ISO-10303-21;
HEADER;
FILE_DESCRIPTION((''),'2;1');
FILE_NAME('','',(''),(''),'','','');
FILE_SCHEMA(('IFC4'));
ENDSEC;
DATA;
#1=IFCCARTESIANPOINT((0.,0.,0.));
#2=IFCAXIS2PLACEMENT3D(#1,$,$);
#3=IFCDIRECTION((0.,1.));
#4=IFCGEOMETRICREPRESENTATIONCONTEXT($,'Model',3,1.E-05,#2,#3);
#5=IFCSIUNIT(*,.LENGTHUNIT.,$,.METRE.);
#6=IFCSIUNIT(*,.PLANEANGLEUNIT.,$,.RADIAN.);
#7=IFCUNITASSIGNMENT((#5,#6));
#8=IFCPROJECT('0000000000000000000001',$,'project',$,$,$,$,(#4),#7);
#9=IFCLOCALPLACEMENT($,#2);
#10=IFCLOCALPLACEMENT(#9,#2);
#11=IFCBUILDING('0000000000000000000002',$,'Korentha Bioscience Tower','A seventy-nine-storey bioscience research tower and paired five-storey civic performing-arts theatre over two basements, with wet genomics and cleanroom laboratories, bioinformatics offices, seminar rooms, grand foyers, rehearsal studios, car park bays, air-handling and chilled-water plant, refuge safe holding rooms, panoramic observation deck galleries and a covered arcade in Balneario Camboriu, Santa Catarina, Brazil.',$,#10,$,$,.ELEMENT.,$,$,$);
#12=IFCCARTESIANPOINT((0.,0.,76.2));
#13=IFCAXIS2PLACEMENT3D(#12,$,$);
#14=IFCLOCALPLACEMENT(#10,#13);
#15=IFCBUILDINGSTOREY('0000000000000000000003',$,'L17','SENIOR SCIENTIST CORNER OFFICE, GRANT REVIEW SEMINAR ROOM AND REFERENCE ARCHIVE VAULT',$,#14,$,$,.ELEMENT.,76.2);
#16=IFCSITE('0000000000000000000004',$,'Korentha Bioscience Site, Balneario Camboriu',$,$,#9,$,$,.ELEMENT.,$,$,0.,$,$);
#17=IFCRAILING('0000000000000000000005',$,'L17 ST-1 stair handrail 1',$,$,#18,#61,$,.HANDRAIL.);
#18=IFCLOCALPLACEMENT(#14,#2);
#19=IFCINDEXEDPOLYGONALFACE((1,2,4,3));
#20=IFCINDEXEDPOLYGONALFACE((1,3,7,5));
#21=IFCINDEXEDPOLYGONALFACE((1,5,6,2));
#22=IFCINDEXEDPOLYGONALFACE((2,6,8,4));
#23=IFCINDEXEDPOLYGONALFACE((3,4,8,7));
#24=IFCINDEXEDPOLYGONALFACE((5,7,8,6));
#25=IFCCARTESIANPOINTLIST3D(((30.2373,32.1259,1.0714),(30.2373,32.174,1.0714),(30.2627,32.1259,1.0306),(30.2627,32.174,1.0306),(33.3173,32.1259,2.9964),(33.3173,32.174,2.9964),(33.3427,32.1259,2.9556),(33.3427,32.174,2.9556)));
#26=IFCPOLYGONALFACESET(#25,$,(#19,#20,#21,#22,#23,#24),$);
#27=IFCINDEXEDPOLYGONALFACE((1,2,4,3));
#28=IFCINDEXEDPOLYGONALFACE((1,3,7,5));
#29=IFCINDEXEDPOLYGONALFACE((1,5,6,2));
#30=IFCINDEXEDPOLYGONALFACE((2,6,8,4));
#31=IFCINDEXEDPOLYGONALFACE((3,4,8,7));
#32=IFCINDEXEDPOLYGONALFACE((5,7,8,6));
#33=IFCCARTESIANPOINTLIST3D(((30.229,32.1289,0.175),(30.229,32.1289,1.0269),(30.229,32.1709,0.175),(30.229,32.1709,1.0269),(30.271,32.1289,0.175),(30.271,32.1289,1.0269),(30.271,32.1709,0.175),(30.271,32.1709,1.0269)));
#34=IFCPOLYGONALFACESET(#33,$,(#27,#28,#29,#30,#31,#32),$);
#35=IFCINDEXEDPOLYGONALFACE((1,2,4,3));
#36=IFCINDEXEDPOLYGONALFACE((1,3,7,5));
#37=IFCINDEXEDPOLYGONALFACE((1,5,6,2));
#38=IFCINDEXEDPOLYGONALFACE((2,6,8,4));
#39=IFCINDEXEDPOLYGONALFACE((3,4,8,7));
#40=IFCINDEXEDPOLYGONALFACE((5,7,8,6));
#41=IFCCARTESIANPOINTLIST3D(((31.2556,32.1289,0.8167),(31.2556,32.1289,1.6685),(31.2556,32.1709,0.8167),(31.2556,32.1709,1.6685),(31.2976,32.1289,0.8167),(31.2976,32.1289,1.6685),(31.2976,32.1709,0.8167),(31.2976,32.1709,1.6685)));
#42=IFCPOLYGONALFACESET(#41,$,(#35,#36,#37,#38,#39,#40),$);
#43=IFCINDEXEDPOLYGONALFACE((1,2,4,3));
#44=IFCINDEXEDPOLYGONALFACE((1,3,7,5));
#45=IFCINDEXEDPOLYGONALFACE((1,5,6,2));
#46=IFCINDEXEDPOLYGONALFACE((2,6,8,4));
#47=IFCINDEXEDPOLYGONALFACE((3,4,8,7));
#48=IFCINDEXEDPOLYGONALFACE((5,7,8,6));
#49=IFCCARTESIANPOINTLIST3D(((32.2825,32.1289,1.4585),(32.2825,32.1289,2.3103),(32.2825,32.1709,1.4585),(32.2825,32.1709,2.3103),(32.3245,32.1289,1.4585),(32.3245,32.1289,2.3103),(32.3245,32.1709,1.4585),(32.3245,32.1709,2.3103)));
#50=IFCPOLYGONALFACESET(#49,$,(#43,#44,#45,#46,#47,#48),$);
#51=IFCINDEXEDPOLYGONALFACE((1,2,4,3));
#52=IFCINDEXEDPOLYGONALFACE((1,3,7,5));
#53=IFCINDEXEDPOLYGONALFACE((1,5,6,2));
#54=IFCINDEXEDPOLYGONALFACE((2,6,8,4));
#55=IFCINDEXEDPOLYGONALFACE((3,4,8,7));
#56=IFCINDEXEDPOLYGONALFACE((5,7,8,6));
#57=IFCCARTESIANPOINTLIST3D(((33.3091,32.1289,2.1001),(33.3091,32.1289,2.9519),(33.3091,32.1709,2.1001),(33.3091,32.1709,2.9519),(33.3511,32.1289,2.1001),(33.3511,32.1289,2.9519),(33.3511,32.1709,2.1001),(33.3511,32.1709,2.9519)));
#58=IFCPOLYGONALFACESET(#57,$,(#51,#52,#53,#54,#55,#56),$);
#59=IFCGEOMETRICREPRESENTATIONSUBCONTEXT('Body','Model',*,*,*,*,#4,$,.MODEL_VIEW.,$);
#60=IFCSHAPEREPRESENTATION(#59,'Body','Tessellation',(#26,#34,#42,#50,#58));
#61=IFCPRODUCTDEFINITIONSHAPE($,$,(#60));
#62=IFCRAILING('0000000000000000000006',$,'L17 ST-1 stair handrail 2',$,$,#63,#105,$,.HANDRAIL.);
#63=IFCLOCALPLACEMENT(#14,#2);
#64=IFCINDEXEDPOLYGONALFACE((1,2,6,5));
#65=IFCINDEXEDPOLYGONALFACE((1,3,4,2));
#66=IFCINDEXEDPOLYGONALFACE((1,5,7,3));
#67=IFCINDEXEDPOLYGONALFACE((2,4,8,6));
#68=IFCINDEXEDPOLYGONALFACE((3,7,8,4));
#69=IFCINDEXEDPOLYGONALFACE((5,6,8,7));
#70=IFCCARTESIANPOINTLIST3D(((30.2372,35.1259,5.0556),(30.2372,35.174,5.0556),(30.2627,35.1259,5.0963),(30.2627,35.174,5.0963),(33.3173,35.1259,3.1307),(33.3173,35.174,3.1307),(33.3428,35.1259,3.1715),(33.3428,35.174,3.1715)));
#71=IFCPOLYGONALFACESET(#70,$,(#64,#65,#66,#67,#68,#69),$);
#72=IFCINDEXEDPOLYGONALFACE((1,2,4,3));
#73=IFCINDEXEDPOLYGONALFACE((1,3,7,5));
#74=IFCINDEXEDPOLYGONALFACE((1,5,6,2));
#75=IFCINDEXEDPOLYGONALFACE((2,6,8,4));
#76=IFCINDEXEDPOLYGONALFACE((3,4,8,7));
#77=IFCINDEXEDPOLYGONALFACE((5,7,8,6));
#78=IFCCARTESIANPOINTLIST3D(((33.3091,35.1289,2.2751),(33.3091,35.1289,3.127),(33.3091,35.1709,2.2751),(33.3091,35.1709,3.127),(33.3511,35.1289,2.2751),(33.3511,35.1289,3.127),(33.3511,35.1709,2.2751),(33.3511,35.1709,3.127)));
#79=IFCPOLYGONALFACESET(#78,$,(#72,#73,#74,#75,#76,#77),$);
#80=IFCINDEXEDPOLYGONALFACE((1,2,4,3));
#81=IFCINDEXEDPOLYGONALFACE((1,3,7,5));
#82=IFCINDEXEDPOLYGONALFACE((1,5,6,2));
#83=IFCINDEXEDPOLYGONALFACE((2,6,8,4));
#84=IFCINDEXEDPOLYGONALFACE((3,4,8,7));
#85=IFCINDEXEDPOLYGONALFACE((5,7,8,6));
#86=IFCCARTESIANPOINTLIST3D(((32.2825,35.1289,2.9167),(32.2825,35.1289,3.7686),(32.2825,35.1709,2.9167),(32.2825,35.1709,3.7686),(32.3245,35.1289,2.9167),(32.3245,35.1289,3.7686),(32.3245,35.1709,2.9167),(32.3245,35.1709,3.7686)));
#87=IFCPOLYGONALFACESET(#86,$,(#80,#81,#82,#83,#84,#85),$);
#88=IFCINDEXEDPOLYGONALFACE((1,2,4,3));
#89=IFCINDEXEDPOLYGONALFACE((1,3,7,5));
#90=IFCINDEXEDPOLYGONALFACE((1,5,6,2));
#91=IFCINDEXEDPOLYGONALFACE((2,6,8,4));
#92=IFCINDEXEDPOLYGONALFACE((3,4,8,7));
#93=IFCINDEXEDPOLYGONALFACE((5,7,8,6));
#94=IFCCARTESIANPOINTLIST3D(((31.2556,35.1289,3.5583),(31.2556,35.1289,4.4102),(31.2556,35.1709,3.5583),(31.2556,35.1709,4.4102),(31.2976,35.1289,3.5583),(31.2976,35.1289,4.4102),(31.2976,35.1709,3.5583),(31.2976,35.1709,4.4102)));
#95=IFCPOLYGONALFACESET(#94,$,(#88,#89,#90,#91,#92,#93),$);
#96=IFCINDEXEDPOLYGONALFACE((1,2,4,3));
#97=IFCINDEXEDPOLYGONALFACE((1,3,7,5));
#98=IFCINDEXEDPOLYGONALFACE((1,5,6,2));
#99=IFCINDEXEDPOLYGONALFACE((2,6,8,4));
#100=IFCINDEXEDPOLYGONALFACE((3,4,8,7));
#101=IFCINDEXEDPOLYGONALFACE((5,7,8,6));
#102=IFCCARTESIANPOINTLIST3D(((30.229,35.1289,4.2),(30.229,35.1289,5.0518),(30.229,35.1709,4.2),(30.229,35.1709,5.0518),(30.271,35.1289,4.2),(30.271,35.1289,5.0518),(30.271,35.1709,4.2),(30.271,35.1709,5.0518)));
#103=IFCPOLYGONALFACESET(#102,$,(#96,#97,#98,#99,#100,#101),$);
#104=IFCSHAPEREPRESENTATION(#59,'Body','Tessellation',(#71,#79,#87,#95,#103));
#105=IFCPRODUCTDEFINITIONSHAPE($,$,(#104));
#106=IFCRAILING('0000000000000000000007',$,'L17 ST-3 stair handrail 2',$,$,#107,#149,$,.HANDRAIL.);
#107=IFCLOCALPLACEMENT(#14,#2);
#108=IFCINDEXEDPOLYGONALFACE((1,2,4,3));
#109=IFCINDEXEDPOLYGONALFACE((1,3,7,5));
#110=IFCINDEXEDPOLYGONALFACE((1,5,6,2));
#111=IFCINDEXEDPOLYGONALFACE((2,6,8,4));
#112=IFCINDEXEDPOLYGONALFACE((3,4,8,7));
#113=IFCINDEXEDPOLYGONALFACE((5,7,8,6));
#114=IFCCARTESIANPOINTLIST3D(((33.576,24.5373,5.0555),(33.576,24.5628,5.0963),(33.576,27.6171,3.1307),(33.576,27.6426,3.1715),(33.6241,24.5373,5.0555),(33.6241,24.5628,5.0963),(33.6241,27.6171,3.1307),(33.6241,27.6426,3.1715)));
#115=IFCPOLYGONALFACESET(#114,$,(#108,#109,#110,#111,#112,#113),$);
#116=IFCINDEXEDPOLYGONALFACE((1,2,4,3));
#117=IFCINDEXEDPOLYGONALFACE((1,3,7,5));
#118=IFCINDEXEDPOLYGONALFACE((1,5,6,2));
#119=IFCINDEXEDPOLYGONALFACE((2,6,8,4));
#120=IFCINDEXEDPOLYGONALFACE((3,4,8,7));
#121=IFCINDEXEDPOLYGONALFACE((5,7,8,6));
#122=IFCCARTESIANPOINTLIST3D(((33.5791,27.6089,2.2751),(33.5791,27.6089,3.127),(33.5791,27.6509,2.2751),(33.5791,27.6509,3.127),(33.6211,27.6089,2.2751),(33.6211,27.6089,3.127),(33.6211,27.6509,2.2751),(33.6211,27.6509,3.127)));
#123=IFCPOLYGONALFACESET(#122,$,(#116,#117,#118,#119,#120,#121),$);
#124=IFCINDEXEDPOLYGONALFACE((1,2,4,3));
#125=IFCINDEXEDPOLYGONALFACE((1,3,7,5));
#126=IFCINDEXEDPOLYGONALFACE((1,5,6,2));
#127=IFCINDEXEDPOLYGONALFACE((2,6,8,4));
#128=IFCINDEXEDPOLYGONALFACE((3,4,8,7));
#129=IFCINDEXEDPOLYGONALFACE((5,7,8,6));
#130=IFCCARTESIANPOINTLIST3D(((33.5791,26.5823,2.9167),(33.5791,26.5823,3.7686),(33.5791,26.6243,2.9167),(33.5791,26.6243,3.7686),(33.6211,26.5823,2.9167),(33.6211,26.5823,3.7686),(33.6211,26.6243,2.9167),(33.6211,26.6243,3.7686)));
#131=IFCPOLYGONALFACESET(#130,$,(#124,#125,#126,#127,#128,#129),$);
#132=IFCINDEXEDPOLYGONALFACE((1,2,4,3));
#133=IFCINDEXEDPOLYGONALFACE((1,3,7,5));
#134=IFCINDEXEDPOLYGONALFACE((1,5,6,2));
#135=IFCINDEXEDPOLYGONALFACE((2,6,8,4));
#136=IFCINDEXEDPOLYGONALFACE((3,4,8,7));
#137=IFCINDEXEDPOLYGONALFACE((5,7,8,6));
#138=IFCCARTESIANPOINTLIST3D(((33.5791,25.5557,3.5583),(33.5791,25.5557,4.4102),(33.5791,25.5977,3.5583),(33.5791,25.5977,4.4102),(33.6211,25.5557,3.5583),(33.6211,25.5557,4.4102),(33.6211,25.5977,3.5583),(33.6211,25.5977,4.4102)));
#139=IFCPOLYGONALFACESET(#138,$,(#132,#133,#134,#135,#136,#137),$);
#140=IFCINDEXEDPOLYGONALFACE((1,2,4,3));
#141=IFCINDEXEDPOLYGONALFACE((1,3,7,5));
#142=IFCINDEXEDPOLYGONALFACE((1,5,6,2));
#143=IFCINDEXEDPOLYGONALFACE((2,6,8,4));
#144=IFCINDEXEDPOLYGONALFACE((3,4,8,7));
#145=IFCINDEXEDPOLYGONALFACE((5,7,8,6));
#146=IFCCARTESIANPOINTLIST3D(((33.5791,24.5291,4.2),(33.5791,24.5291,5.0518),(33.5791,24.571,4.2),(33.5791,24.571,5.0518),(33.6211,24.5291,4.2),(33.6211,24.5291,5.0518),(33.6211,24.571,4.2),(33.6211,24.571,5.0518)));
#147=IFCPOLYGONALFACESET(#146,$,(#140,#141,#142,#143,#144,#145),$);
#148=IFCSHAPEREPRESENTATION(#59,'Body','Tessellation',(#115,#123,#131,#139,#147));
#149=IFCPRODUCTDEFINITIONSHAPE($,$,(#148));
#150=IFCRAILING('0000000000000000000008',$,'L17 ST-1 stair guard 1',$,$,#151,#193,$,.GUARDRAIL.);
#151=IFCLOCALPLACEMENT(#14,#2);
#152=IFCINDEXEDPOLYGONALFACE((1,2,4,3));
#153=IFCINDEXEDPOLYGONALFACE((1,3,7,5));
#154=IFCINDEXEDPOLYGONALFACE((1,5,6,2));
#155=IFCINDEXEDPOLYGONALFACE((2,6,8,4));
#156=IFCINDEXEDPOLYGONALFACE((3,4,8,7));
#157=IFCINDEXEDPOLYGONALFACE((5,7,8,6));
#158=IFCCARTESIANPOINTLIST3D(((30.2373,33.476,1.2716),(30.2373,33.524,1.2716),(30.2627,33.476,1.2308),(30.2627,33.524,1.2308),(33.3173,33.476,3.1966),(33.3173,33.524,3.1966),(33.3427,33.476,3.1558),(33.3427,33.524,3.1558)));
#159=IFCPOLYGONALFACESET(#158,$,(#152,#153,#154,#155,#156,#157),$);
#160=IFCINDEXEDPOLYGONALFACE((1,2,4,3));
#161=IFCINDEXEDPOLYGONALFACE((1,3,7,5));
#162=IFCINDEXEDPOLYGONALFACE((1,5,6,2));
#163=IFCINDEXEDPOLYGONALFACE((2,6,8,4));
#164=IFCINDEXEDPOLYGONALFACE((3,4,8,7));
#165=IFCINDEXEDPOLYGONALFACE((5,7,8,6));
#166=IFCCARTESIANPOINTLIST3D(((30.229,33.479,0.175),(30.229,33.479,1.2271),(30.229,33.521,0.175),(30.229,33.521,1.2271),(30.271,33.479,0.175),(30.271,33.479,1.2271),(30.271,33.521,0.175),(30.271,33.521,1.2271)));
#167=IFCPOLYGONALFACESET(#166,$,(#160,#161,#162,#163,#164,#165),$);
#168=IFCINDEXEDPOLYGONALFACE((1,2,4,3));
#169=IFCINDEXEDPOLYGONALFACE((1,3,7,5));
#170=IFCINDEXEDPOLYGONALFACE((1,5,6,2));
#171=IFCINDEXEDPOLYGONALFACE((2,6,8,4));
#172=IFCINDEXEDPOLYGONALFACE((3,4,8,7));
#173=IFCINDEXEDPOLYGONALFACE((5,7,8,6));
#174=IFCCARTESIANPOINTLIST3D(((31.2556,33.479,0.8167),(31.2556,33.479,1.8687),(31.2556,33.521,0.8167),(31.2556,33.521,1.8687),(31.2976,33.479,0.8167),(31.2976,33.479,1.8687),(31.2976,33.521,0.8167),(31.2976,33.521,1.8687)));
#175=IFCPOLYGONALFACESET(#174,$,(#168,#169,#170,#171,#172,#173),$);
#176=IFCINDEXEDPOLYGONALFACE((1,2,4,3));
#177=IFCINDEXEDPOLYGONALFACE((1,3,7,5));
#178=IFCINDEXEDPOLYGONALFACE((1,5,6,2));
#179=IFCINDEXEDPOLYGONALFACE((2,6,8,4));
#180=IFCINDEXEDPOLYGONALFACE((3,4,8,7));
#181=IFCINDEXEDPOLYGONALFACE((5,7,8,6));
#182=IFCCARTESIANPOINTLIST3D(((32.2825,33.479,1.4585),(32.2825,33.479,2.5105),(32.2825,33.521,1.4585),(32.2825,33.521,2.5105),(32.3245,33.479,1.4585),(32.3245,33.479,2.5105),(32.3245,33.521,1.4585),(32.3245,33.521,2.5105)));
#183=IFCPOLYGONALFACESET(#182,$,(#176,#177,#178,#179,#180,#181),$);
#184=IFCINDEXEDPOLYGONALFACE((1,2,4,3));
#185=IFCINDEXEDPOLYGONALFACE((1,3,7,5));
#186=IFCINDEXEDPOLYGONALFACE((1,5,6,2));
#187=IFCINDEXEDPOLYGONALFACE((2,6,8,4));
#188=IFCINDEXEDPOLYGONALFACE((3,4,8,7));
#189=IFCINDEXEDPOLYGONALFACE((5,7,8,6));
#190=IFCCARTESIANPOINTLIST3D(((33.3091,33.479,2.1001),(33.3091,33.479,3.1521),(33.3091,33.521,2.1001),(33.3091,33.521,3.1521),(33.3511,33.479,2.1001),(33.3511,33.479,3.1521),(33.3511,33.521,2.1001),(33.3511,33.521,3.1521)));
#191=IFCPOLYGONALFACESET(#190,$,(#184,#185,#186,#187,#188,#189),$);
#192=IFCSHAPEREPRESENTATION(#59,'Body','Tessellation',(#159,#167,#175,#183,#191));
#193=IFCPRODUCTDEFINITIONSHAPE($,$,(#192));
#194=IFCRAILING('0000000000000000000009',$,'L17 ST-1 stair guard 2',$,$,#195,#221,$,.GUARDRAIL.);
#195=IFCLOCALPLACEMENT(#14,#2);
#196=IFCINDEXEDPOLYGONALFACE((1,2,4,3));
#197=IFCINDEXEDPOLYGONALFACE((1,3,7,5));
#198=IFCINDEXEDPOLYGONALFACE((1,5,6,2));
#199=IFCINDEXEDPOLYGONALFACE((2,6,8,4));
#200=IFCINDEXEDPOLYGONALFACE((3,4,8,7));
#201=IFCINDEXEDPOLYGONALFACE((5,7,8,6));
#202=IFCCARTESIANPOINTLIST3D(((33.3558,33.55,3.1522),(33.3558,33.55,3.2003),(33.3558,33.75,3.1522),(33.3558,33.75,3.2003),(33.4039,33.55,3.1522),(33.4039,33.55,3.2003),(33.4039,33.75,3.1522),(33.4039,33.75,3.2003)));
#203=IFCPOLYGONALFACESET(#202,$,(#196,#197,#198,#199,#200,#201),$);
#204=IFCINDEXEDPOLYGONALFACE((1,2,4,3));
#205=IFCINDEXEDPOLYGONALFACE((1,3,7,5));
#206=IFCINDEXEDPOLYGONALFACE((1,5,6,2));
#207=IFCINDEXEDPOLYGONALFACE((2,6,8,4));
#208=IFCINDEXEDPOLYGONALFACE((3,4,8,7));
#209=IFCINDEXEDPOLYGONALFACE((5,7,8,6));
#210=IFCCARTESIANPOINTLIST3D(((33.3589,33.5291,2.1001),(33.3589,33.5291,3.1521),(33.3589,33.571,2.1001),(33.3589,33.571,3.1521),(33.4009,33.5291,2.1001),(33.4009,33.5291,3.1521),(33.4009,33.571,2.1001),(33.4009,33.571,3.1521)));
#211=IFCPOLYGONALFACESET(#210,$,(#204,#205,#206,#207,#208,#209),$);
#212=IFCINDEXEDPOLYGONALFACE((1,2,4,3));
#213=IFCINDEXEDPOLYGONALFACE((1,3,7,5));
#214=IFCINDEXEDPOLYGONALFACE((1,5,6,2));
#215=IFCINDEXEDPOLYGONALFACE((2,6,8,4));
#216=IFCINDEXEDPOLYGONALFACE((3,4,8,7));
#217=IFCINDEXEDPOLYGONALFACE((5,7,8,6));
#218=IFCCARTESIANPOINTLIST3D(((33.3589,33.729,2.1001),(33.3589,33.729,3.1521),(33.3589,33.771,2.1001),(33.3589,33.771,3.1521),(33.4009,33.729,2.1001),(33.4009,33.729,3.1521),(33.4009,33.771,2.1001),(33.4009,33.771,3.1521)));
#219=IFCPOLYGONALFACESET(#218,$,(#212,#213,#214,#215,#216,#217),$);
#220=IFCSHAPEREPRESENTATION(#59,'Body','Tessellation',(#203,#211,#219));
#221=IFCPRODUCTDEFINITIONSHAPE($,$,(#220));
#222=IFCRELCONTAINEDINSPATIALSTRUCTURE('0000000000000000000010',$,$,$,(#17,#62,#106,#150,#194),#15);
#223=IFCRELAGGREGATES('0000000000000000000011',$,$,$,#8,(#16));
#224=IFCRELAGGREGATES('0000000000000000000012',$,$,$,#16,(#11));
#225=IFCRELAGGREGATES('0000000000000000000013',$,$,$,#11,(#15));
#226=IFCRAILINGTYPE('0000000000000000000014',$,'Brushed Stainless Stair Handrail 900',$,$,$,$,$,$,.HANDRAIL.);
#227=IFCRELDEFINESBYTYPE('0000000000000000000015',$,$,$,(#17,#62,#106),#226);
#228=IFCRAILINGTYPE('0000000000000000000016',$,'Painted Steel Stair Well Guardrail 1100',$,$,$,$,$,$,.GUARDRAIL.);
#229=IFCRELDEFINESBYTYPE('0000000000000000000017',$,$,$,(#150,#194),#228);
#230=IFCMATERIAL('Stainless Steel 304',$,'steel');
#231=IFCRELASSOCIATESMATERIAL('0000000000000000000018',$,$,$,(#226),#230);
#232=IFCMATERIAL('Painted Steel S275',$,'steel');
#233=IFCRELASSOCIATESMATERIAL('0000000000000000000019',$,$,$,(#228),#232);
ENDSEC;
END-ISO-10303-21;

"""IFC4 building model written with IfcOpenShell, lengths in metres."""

from ifc_helpers import new_model, si_unit, direction, frame, origin, origin_2d, place, context, subcontext, project, spatial, rectangle, extrude, material, type_object, element, save


model = new_model("IFC4")

# Units and contexts
model_context = context("Model", 3, precision=1e-05, world=origin(), true_north=direction((0.0, 1.0)))
body_context = subcontext(model_context, "Body", "Model", "MODEL_VIEW")
ifc_project = project(units=[si_unit("LENGTHUNIT", "METRE"), si_unit("PLANEANGLEUNIT", "RADIAN")], contexts=[model_context])

# Site, building, storey
site_placement = place(None, origin())
site = spatial("IfcSite", under=ifc_project, at=site_placement, Name="Korentha Bioscience Site, Balneario Camboriu", CompositionType="ELEMENT", RefElevation=0.0)
building_placement = place(site_placement, origin())
building = spatial("IfcBuilding", under=site, at=building_placement, Name="Korentha Bioscience Tower", Description="A seventy-nine-storey bioscience research tower and paired five-storey civic performing-arts theatre over two basements, with wet genomics and cleanroom laboratories, bioinformatics offices, seminar rooms, grand foyers, rehearsal studios, car park bays, air-handling and chilled-water plant, refuge safe holding rooms, panoramic observation deck galleries and a covered arcade in Balneario Camboriu, Santa Catarina, Brazil.", CompositionType="ELEMENT")
storey_placement = place(building_placement, frame((0.0, 0.0, 76.2)))
storey = spatial("IfcBuildingStorey", under=building, at=storey_placement, Name="L17", Description="SENIOR SCIENTIST CORNER OFFICE, GRANT REVIEW SEMINAR ROOM AND REFERENCE ARCHIVE VAULT", CompositionType="ELEMENT", Elevation=76.2)

# Railings
ifc_material_1 = material(Name="Stainless Steel 304", Category="steel")
railing_type_1 = type_object("IfcRailingType", Name="Brushed Stainless Stair Handrail 900", PredefinedType="HANDRAIL", material=ifc_material_1)
railing_1_placement = place(storey_placement, frame((30.25, 32.1499, 0.175)))
element("IfcRailing", 1, at=railing_1_placement, inside=storey, type_object=railing_type_1, Name="L17 ST-1 stair handrail 1", PredefinedType="HANDRAIL", context=body_context, shape_type="SweptSolid", body=[
    extrude(rectangle(XDim=0.0481, YDim=0.0481, at=origin_2d()), frame((0.0, 0.0, 0.876), z_axis=(0.847998, 0.0, 0.529999), x_axis=(0.0, 1.0, 0.0)), (0.0, 0.0, 1.0), 3.6321),
    extrude(rectangle(XDim=0.042, YDim=0.042, at=origin_2d()), origin(), (0.0, 0.0, 1.0), 0.8518),
    extrude(rectangle(XDim=0.042, YDim=0.042, at=origin_2d()), frame((1.0266, 0.0, 0.6416)), (0.0, 0.0, 1.0), 0.8518),
    extrude(rectangle(XDim=0.042, YDim=0.042, at=origin_2d()), frame((2.0535, 0.0, 1.2834)), (0.0, 0.0, 1.0), 0.8518),
    extrude(rectangle(XDim=0.042, YDim=0.042, at=origin_2d()), frame((3.0801, 0.0, 1.925)), (0.0, 0.0, 1.0), 0.8518),
])
railing_2_placement = place(storey_placement, frame((33.3301, 35.1499, 2.2751)))
element("IfcRailing", 2, at=railing_2_placement, inside=storey, type_object=railing_type_1, Name="L17 ST-1 stair handrail 2", PredefinedType="HANDRAIL", context=body_context, shape_type="SweptSolid", body=[
    extrude(rectangle(XDim=0.0481, YDim=0.0481, at=origin_2d()), frame((0.0, 0.0, 0.876), z_axis=(-0.848029, 0.0, 0.529951), x_axis=(0.0, -1.0, 0.0)), (0.0, 0.0, 1.0), 3.6321),
    extrude(rectangle(XDim=0.042, YDim=0.042, at=origin_2d()), origin(), (0.0, 0.0, 1.0), 0.8518),
    extrude(rectangle(XDim=0.042, YDim=0.042, at=origin_2d()), frame((-1.0266, 0.0, 0.6416)), (0.0, 0.0, 1.0), 0.8518),
    extrude(rectangle(XDim=0.042, YDim=0.042, at=origin_2d()), frame((-2.0535, 0.0, 1.2832)), (0.0, 0.0, 1.0), 0.8518),
    extrude(rectangle(XDim=0.042, YDim=0.042, at=origin_2d()), frame((-3.0801, 0.0, 1.9248)), (0.0, 0.0, 1.0), 0.8518),
])
railing_3_placement = place(storey_placement, frame((33.6001, 27.6299, 2.2751)))
element("IfcRailing", 3, at=railing_3_placement, inside=storey, type_object=railing_type_1, Name="L17 ST-3 stair handrail 2", PredefinedType="HANDRAIL", context=body_context, shape_type="SweptSolid", body=[
    extrude(rectangle(XDim=0.0481, YDim=0.0481, at=origin_2d()), frame((0.0, 0.0, 0.876), z_axis=(0.0, -0.84801, 0.529981), x_axis=(1.0, 0.0, 0.0)), (0.0, 0.0, 1.0), 3.6318),
    extrude(rectangle(XDim=0.042, YDim=0.042, at=origin_2d()), origin(), (0.0, 0.0, 1.0), 0.8518),
    extrude(rectangle(XDim=0.042, YDim=0.042, at=origin_2d()), frame((0.0, -1.0266, 0.6416)), (0.0, 0.0, 1.0), 0.8518),
    extrude(rectangle(XDim=0.042, YDim=0.042, at=origin_2d()), frame((0.0, -2.0532, 1.2832)), (0.0, 0.0, 1.0), 0.8518),
    extrude(rectangle(XDim=0.042, YDim=0.042, at=origin_2d()), frame((0.0, -3.0798, 1.9248)), (0.0, 0.0, 1.0), 0.8518),
])
ifc_material_2 = material(Name="Painted Steel S275", Category="steel")
railing_type_2 = type_object("IfcRailingType", Name="Painted Steel Stair Well Guardrail 1100", PredefinedType="GUARDRAIL", material=ifc_material_2)
railing_4_placement = place(storey_placement, frame((30.25, 33.5, 0.175)))
element("IfcRailing", 4, at=railing_4_placement, inside=storey, type_object=railing_type_2, Name="L17 ST-1 stair guard 1", PredefinedType="GUARDRAIL", context=body_context, shape_type="SweptSolid", body=[
    extrude(rectangle(XDim=0.0481, YDim=0.0481, at=origin_2d()), frame((0.0, 0.0, 1.0762), z_axis=(0.847998, 0.0, 0.529999), x_axis=(0.0, 1.0, 0.0)), (0.0, 0.0, 1.0), 3.6321),
    extrude(rectangle(XDim=0.042, YDim=0.042, at=origin_2d()), origin(), (0.0, 0.0, 1.0), 1.052),
    extrude(rectangle(XDim=0.042, YDim=0.042, at=origin_2d()), frame((1.0266, 0.0, 0.6416)), (0.0, 0.0, 1.0), 1.052),
    extrude(rectangle(XDim=0.042, YDim=0.042, at=origin_2d()), frame((2.0535, 0.0, 1.2834)), (0.0, 0.0, 1.0), 1.052),
    extrude(rectangle(XDim=0.042, YDim=0.042, at=origin_2d()), frame((3.0801, 0.0, 1.925)), (0.0, 0.0, 1.0), 1.052),
])
railing_5_placement = place(storey_placement, frame((33.3799, 33.55, 2.1001)))
element("IfcRailing", 5, at=railing_5_placement, inside=storey, type_object=railing_type_2, Name="L17 ST-1 stair guard 2", PredefinedType="GUARDRAIL", context=body_context, shape_type="SweptSolid", body=[
    extrude(rectangle(XDim=0.0481, YDim=0.0481, at=origin_2d()), frame((0.0, 0.0, 1.0762), z_axis=(0.0, 1.0, 0.0), x_axis=(-1.0, 0.0, 0.0)), (0.0, 0.0, 1.0), 0.2),
    extrude(rectangle(XDim=0.042, YDim=0.042, at=origin_2d()), origin(), (0.0, 0.0, 1.0), 1.052),
    extrude(rectangle(XDim=0.042, YDim=0.042, at=origin_2d()), frame((0.0, 0.2, 0.0)), (0.0, 0.0, 1.0), 1.052),
])

save(model, "model.ifc")
